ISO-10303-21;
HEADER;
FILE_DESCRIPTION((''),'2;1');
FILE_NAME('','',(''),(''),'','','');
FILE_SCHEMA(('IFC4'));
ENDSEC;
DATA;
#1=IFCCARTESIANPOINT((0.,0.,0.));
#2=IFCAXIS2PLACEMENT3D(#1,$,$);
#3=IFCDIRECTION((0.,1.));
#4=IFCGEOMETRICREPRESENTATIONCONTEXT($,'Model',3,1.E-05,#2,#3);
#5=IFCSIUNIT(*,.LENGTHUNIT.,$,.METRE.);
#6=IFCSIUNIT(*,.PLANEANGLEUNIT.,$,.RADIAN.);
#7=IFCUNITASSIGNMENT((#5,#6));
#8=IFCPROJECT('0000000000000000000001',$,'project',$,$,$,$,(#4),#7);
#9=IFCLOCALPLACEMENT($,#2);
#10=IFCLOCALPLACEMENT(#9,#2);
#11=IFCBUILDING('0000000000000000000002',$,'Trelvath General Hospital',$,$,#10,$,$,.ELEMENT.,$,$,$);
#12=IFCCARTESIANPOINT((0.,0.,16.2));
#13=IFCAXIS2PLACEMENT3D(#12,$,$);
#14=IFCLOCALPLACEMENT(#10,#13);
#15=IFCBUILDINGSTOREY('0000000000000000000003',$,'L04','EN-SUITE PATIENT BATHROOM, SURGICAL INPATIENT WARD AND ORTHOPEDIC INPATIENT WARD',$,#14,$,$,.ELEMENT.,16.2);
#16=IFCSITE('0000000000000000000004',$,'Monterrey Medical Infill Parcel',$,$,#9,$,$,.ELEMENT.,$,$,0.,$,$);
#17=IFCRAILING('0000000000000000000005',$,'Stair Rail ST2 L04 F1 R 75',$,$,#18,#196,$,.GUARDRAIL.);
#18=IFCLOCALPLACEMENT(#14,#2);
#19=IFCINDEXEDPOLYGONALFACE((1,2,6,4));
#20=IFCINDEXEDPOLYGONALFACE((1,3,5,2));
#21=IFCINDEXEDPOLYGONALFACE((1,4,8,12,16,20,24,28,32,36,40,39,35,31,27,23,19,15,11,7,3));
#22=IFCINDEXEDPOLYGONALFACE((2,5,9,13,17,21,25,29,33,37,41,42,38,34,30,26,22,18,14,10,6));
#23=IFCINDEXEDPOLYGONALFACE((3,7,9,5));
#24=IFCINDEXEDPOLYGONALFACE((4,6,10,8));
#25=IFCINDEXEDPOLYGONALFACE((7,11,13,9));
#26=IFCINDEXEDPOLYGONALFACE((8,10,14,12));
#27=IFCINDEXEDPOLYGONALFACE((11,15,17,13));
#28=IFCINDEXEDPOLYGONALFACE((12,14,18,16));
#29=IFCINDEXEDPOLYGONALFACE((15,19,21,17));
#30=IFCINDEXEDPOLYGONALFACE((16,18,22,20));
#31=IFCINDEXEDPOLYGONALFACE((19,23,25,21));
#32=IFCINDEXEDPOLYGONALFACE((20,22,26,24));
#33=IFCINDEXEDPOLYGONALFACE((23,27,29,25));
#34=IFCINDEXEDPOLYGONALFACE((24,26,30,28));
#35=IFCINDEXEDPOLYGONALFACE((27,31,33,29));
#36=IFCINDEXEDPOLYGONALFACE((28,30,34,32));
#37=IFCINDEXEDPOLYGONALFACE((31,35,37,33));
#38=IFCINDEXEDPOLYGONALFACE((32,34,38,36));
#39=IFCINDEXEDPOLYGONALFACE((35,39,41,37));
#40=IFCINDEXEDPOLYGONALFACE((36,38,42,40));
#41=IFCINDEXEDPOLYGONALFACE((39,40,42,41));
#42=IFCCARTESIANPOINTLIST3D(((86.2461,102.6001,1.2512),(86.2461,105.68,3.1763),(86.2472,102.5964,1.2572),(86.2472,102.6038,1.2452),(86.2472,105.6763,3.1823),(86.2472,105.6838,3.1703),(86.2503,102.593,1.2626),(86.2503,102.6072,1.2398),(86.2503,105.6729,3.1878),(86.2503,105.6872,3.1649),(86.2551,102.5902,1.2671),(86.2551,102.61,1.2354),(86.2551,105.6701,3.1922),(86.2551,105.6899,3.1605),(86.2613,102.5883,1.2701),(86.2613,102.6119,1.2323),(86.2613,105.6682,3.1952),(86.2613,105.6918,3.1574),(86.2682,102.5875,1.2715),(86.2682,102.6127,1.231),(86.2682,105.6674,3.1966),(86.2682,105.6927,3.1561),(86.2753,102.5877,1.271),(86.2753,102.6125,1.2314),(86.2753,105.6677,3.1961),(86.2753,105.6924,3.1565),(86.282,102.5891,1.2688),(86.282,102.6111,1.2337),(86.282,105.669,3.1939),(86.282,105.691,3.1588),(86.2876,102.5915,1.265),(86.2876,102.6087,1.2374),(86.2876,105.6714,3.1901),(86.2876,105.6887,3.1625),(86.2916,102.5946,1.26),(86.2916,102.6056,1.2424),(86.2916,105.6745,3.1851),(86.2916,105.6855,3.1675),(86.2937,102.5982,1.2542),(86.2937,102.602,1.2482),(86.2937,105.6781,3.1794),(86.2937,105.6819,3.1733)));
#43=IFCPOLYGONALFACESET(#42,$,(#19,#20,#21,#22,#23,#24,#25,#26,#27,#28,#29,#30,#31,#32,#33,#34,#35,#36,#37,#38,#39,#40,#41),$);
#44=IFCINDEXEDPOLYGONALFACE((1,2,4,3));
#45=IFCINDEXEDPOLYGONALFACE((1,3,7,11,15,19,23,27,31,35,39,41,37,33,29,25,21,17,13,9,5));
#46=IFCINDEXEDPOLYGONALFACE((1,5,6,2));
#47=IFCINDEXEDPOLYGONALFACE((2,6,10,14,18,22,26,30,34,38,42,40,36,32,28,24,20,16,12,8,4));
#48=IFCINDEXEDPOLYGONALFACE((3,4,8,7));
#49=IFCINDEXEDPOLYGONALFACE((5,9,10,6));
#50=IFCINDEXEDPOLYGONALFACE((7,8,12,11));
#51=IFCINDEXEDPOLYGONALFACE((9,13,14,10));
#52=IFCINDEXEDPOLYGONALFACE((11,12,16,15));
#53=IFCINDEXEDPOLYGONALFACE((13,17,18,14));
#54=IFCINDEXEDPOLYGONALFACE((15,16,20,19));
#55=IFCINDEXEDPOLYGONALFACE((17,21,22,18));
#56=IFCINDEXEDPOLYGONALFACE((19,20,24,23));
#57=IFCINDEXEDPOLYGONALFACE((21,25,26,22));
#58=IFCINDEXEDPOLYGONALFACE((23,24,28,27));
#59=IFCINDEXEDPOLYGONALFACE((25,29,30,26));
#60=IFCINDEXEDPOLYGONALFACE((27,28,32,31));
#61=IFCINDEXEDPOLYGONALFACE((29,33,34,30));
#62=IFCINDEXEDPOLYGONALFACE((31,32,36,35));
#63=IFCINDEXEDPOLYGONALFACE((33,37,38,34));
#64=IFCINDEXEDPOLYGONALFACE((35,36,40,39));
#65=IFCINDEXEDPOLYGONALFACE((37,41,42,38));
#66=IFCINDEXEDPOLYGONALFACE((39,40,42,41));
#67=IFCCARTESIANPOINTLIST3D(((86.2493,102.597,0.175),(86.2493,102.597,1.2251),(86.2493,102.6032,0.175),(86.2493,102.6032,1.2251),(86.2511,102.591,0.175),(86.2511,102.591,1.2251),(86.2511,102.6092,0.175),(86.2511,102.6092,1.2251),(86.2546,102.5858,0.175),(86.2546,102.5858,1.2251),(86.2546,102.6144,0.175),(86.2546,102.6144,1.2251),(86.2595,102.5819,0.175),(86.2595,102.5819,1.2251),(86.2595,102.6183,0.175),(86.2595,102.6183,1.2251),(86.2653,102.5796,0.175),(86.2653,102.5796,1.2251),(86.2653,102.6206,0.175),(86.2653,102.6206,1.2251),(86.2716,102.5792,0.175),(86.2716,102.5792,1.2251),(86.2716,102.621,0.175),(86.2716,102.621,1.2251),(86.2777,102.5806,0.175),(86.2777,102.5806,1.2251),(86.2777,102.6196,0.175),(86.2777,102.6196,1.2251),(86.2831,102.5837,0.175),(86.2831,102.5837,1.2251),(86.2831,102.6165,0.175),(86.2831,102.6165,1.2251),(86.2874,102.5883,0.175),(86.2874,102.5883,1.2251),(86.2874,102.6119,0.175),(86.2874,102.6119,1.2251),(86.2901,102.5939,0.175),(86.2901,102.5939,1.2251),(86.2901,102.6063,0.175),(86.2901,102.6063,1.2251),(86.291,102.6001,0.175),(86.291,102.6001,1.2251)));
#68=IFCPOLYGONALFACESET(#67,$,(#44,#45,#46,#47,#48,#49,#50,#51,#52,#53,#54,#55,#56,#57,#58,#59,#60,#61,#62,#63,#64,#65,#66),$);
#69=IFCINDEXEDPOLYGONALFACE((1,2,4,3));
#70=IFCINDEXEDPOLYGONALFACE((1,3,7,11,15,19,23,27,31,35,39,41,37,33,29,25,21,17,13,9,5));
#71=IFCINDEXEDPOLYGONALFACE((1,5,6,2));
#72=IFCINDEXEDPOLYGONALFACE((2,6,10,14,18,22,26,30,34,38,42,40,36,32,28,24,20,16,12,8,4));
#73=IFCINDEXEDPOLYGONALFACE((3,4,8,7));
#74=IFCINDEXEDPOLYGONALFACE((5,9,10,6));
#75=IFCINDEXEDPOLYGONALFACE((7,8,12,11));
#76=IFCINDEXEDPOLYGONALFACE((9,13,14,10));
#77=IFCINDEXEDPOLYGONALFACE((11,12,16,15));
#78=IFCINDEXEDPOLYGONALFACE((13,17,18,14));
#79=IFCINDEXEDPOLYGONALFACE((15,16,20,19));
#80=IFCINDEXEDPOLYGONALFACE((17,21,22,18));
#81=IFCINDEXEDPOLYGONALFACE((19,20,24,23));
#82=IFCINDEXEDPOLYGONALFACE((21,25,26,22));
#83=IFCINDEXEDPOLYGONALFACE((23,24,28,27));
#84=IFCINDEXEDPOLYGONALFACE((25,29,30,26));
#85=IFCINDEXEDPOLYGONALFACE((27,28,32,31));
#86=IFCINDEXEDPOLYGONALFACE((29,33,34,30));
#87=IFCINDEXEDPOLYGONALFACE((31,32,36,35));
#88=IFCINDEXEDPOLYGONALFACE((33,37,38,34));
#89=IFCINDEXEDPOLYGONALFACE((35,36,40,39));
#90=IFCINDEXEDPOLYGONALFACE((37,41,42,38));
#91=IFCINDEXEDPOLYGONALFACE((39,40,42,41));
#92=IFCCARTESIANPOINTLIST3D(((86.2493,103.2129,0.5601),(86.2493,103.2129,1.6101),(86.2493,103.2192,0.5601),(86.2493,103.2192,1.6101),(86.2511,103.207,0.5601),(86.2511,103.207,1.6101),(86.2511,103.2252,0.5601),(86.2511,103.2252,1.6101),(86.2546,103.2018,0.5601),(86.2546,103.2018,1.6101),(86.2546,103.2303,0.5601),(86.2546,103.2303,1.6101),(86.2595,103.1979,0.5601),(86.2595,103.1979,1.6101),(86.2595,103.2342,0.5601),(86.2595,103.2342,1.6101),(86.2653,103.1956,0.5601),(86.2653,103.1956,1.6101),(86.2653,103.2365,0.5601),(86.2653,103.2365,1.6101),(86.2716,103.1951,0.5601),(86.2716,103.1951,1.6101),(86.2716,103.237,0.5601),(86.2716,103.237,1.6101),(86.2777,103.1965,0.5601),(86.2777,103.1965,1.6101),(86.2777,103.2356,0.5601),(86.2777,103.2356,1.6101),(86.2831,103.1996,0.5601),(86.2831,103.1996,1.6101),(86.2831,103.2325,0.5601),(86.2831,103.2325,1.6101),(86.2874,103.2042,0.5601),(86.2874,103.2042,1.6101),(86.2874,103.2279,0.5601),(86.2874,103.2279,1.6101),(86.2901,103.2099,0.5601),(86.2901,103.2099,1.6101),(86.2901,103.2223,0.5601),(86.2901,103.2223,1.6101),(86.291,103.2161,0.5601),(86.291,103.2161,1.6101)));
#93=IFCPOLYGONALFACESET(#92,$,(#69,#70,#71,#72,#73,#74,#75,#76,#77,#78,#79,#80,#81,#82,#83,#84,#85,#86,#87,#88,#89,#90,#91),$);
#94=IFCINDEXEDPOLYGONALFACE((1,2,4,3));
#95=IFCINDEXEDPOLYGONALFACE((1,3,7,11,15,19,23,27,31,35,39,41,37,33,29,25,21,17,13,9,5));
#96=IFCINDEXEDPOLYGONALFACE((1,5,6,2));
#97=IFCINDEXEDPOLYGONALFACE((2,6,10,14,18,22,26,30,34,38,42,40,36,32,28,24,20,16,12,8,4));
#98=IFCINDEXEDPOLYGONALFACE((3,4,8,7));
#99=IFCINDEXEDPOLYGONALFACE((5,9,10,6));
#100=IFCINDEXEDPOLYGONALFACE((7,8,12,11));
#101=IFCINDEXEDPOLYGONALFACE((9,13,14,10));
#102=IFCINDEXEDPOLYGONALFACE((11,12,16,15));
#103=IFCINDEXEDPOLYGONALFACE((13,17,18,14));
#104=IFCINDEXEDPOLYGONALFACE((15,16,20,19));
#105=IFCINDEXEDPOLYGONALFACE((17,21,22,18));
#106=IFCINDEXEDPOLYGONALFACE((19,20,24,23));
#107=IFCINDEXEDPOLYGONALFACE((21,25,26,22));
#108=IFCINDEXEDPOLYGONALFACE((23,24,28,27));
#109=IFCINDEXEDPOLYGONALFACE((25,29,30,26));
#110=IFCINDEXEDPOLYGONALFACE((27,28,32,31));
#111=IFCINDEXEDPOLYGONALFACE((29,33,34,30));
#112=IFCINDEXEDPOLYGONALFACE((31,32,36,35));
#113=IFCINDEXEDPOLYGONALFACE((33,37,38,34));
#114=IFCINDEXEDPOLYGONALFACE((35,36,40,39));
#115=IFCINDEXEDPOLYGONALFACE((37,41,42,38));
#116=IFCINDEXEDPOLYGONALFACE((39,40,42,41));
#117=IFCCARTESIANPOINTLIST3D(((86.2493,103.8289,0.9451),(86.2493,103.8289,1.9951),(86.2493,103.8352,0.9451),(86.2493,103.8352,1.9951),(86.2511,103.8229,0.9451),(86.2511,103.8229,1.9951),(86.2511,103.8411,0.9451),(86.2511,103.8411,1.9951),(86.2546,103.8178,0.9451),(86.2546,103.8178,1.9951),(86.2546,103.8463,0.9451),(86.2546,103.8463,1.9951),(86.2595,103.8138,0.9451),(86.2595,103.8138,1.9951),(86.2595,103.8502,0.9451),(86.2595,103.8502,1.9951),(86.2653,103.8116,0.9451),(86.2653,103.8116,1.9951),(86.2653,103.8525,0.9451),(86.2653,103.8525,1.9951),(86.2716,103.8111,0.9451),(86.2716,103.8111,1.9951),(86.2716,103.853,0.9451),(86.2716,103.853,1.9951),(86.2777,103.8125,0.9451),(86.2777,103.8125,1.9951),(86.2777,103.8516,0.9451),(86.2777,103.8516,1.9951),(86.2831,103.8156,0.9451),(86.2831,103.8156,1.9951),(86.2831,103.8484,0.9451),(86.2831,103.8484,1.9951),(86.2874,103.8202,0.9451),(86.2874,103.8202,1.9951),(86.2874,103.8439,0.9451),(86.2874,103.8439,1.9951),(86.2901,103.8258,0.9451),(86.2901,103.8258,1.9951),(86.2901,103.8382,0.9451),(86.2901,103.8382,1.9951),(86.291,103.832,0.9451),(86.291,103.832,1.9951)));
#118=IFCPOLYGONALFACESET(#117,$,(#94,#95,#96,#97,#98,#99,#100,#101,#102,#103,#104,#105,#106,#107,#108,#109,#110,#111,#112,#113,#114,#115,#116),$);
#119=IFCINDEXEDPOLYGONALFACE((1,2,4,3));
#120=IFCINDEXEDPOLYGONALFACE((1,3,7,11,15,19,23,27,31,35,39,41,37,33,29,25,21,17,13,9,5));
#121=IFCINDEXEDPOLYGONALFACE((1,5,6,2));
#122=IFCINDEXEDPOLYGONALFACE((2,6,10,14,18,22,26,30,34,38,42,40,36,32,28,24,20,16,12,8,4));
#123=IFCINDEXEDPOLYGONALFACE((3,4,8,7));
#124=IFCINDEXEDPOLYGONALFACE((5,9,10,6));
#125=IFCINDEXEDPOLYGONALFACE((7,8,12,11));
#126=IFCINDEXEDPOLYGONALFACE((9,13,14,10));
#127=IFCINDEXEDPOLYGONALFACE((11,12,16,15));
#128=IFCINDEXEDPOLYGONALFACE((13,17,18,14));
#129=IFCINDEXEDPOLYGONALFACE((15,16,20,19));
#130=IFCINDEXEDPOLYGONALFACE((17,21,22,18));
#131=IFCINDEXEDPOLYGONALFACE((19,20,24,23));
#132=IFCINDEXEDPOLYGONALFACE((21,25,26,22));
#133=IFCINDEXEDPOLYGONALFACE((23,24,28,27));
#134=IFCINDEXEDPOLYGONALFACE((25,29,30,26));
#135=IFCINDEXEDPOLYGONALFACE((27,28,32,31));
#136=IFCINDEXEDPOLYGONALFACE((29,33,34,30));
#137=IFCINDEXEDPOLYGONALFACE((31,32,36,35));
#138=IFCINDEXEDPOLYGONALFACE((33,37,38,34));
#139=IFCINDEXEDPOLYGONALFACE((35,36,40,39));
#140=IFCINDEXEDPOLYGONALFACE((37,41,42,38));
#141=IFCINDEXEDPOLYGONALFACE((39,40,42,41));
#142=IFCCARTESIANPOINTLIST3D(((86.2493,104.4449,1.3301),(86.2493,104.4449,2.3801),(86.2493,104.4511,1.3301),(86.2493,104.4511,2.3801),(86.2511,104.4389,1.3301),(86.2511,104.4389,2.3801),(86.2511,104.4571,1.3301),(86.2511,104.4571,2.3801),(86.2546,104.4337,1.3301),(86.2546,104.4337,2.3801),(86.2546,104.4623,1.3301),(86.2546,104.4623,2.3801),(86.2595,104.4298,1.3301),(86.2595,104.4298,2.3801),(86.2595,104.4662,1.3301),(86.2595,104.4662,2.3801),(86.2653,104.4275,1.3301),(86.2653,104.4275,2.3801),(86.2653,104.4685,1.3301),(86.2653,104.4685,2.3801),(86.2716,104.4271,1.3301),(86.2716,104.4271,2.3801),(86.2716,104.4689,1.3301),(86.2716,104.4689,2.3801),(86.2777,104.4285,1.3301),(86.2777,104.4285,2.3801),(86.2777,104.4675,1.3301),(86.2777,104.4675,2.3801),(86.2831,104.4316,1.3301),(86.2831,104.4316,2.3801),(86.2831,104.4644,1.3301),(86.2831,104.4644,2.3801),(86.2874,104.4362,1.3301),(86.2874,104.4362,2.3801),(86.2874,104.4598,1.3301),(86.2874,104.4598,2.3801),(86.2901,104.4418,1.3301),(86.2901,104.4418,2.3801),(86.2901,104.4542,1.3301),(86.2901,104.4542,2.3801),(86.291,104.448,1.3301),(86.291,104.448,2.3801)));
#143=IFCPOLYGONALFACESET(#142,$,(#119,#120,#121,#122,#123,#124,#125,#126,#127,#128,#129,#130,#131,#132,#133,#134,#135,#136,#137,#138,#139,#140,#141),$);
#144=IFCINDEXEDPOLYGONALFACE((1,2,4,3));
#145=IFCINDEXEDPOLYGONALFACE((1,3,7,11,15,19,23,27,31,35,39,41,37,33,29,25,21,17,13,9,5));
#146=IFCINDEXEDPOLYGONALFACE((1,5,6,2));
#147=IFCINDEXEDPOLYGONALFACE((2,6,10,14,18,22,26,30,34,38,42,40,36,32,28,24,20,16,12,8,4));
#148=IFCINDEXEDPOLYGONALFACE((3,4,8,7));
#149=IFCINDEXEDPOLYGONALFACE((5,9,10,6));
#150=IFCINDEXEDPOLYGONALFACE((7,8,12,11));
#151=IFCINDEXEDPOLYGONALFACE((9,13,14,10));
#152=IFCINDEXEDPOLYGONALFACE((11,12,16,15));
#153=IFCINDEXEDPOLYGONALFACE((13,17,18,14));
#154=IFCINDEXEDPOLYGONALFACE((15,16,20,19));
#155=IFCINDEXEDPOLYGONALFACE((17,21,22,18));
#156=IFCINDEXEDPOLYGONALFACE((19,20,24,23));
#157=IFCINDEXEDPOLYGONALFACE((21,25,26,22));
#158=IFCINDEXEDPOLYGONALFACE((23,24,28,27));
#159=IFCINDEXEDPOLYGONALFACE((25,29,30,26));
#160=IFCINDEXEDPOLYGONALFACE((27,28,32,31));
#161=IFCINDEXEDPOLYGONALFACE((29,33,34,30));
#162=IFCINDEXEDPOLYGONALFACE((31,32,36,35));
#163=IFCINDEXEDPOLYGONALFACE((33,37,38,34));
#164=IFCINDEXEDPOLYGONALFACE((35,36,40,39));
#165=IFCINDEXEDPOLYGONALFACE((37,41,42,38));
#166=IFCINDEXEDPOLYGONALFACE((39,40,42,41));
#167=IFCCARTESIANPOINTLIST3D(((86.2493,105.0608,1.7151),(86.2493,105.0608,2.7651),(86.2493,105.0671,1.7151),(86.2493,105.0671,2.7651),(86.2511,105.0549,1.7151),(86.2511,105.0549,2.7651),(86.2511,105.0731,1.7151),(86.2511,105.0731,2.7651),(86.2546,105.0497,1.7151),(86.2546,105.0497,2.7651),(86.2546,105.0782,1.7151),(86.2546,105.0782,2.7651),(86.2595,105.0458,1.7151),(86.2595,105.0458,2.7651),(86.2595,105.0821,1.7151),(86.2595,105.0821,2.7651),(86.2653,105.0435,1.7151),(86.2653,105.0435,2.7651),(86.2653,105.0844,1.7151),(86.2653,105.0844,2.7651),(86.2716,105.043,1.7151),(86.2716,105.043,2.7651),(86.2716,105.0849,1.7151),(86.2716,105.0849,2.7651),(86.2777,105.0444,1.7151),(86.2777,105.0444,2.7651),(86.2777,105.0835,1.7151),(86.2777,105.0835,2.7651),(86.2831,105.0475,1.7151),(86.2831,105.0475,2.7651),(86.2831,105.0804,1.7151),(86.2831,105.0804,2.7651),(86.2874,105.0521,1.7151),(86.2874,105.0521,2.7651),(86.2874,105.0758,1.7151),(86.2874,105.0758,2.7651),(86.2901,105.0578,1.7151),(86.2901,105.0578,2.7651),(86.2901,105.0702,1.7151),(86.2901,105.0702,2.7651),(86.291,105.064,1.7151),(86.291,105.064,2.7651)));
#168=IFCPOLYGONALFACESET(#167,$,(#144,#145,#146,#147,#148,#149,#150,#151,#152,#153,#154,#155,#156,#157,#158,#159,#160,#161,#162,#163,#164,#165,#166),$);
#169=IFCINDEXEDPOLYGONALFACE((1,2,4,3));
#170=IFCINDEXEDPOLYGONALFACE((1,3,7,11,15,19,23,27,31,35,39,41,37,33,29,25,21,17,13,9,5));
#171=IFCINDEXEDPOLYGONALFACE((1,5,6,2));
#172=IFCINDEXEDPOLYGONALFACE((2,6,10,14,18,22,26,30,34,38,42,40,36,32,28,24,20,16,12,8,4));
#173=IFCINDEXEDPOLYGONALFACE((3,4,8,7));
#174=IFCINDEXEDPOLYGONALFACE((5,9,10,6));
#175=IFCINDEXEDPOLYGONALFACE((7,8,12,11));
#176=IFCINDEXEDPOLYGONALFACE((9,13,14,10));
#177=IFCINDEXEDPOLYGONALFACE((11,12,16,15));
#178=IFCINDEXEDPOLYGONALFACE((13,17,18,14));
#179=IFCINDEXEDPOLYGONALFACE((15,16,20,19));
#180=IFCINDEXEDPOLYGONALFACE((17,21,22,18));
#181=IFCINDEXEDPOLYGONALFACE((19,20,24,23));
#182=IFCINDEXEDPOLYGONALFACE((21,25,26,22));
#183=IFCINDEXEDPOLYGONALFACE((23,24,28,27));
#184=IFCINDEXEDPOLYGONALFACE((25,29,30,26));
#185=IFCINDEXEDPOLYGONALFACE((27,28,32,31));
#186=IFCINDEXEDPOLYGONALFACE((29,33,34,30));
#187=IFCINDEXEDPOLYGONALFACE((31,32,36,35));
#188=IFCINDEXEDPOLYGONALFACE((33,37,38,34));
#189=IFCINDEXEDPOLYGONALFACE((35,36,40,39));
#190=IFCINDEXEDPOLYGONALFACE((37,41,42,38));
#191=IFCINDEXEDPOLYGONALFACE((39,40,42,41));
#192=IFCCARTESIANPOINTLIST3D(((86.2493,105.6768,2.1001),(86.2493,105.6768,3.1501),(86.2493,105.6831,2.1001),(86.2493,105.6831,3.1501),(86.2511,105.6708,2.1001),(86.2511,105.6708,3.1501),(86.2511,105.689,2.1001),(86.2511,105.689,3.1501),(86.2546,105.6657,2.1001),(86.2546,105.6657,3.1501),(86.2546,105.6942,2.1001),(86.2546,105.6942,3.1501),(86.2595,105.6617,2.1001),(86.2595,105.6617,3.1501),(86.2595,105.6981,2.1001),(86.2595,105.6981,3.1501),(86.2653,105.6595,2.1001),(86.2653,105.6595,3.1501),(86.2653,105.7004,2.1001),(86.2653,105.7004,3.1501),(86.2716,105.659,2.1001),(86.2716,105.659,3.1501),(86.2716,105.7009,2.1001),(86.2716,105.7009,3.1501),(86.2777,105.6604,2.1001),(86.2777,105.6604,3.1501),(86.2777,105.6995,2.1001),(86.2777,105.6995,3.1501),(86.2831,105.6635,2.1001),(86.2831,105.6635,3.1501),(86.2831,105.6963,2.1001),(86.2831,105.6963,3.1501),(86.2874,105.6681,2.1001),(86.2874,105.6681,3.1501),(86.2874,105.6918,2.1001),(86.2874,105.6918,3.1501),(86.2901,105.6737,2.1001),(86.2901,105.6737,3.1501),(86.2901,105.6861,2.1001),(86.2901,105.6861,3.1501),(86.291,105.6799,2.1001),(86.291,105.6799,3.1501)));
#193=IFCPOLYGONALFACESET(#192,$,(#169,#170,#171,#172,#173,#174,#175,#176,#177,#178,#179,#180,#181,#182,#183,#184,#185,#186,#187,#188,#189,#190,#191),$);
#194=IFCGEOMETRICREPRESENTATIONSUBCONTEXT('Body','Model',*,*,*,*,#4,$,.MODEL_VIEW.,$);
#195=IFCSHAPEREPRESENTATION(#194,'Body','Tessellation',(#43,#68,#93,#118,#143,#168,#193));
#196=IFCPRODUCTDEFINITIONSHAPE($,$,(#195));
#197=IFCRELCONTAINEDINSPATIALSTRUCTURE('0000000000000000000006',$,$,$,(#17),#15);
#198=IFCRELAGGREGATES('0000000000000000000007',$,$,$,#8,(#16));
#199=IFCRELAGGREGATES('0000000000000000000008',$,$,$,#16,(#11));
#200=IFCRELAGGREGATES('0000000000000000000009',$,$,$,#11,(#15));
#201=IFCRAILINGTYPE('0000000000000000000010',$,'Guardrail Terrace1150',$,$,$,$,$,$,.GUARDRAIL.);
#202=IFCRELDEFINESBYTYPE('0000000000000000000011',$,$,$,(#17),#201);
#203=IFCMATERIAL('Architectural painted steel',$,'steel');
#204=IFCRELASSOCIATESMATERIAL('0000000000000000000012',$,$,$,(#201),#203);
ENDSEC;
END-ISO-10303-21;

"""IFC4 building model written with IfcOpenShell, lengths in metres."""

from ifc_helpers import new_model, si_unit, direction, frame, origin, origin_2d, place, context, subcontext, project, spatial, circle, extrude, material, type_object, element, save


model = new_model("IFC4")

# Units and contexts
model_context = context("Model", 3, precision=1e-05, world=origin(), true_north=direction((0.0, 1.0)))
body_context = subcontext(model_context, "Body", "Model", "MODEL_VIEW")
ifc_project = project(units=[si_unit("LENGTHUNIT", "METRE"), si_unit("PLANEANGLEUNIT", "RADIAN")], contexts=[model_context])

# Site, building, storey
site_placement = place(None, origin())
site = spatial("IfcSite", under=ifc_project, at=site_placement, Name="Monterrey Medical Infill Parcel", CompositionType="ELEMENT", RefElevation=0.0)
building_placement = place(site_placement, origin())
building = spatial("IfcBuilding", under=site, at=building_placement, Name="Trelvath General Hospital", CompositionType="ELEMENT")
storey_placement = place(building_placement, frame((0.0, 0.0, 16.2)))
storey = spatial("IfcBuildingStorey", under=building, at=storey_placement, Name="L04", Description="EN-SUITE PATIENT BATHROOM, SURGICAL INPATIENT WARD AND ORTHOPEDIC INPATIENT WARD", CompositionType="ELEMENT", Elevation=16.2)

# Railing
ifc_material_1 = material(Name="Architectural painted steel", Category="steel")
railing_type_1 = type_object("IfcRailingType", Name="Guardrail Terrace1150", PredefinedType="GUARDRAIL", material=ifc_material_1)
railing_1_placement = place(storey_placement, frame((86.27, 102.6001, 0.175)))
element("IfcRailing", 1, at=railing_1_placement, inside=storey, type_object=railing_type_1, Name="Stair Rail ST2 L04 F1 R 75", PredefinedType="GUARDRAIL", context=body_context, shape_type="SweptSolid", body=[
    extrude(circle(Radius=0.0239, at=origin_2d()), frame((0.0, 0.0, 1.0762), z_axis=(0.0, 0.847979, 0.530029), x_axis=(-1.0, 0.0, 0.0)), (0.0, 0.0, 1.0), 3.6321),
    extrude(circle(Radius=0.021, at=origin_2d()), origin(), (0.0, 0.0, 1.0), 1.05),
    extrude(circle(Radius=0.021, at=origin_2d()), frame((0.0, 0.616, 0.385)), (0.0, 0.0, 1.0), 1.05),
    extrude(circle(Radius=0.021, at=origin_2d()), frame((0.0, 1.2319, 0.77)), (0.0, 0.0, 1.0), 1.05),
    extrude(circle(Radius=0.021, at=origin_2d()), frame((0.0, 1.8479, 1.155)), (0.0, 0.0, 1.0), 1.05),
    extrude(circle(Radius=0.021, at=origin_2d()), frame((0.0, 2.4639, 1.54)), (0.0, 0.0, 1.0), 1.05),
    extrude(circle(Radius=0.021, at=origin_2d()), frame((0.0, 3.0798, 1.925)), (0.0, 0.0, 1.0), 1.05),
])

save(model, "model.ifc")
